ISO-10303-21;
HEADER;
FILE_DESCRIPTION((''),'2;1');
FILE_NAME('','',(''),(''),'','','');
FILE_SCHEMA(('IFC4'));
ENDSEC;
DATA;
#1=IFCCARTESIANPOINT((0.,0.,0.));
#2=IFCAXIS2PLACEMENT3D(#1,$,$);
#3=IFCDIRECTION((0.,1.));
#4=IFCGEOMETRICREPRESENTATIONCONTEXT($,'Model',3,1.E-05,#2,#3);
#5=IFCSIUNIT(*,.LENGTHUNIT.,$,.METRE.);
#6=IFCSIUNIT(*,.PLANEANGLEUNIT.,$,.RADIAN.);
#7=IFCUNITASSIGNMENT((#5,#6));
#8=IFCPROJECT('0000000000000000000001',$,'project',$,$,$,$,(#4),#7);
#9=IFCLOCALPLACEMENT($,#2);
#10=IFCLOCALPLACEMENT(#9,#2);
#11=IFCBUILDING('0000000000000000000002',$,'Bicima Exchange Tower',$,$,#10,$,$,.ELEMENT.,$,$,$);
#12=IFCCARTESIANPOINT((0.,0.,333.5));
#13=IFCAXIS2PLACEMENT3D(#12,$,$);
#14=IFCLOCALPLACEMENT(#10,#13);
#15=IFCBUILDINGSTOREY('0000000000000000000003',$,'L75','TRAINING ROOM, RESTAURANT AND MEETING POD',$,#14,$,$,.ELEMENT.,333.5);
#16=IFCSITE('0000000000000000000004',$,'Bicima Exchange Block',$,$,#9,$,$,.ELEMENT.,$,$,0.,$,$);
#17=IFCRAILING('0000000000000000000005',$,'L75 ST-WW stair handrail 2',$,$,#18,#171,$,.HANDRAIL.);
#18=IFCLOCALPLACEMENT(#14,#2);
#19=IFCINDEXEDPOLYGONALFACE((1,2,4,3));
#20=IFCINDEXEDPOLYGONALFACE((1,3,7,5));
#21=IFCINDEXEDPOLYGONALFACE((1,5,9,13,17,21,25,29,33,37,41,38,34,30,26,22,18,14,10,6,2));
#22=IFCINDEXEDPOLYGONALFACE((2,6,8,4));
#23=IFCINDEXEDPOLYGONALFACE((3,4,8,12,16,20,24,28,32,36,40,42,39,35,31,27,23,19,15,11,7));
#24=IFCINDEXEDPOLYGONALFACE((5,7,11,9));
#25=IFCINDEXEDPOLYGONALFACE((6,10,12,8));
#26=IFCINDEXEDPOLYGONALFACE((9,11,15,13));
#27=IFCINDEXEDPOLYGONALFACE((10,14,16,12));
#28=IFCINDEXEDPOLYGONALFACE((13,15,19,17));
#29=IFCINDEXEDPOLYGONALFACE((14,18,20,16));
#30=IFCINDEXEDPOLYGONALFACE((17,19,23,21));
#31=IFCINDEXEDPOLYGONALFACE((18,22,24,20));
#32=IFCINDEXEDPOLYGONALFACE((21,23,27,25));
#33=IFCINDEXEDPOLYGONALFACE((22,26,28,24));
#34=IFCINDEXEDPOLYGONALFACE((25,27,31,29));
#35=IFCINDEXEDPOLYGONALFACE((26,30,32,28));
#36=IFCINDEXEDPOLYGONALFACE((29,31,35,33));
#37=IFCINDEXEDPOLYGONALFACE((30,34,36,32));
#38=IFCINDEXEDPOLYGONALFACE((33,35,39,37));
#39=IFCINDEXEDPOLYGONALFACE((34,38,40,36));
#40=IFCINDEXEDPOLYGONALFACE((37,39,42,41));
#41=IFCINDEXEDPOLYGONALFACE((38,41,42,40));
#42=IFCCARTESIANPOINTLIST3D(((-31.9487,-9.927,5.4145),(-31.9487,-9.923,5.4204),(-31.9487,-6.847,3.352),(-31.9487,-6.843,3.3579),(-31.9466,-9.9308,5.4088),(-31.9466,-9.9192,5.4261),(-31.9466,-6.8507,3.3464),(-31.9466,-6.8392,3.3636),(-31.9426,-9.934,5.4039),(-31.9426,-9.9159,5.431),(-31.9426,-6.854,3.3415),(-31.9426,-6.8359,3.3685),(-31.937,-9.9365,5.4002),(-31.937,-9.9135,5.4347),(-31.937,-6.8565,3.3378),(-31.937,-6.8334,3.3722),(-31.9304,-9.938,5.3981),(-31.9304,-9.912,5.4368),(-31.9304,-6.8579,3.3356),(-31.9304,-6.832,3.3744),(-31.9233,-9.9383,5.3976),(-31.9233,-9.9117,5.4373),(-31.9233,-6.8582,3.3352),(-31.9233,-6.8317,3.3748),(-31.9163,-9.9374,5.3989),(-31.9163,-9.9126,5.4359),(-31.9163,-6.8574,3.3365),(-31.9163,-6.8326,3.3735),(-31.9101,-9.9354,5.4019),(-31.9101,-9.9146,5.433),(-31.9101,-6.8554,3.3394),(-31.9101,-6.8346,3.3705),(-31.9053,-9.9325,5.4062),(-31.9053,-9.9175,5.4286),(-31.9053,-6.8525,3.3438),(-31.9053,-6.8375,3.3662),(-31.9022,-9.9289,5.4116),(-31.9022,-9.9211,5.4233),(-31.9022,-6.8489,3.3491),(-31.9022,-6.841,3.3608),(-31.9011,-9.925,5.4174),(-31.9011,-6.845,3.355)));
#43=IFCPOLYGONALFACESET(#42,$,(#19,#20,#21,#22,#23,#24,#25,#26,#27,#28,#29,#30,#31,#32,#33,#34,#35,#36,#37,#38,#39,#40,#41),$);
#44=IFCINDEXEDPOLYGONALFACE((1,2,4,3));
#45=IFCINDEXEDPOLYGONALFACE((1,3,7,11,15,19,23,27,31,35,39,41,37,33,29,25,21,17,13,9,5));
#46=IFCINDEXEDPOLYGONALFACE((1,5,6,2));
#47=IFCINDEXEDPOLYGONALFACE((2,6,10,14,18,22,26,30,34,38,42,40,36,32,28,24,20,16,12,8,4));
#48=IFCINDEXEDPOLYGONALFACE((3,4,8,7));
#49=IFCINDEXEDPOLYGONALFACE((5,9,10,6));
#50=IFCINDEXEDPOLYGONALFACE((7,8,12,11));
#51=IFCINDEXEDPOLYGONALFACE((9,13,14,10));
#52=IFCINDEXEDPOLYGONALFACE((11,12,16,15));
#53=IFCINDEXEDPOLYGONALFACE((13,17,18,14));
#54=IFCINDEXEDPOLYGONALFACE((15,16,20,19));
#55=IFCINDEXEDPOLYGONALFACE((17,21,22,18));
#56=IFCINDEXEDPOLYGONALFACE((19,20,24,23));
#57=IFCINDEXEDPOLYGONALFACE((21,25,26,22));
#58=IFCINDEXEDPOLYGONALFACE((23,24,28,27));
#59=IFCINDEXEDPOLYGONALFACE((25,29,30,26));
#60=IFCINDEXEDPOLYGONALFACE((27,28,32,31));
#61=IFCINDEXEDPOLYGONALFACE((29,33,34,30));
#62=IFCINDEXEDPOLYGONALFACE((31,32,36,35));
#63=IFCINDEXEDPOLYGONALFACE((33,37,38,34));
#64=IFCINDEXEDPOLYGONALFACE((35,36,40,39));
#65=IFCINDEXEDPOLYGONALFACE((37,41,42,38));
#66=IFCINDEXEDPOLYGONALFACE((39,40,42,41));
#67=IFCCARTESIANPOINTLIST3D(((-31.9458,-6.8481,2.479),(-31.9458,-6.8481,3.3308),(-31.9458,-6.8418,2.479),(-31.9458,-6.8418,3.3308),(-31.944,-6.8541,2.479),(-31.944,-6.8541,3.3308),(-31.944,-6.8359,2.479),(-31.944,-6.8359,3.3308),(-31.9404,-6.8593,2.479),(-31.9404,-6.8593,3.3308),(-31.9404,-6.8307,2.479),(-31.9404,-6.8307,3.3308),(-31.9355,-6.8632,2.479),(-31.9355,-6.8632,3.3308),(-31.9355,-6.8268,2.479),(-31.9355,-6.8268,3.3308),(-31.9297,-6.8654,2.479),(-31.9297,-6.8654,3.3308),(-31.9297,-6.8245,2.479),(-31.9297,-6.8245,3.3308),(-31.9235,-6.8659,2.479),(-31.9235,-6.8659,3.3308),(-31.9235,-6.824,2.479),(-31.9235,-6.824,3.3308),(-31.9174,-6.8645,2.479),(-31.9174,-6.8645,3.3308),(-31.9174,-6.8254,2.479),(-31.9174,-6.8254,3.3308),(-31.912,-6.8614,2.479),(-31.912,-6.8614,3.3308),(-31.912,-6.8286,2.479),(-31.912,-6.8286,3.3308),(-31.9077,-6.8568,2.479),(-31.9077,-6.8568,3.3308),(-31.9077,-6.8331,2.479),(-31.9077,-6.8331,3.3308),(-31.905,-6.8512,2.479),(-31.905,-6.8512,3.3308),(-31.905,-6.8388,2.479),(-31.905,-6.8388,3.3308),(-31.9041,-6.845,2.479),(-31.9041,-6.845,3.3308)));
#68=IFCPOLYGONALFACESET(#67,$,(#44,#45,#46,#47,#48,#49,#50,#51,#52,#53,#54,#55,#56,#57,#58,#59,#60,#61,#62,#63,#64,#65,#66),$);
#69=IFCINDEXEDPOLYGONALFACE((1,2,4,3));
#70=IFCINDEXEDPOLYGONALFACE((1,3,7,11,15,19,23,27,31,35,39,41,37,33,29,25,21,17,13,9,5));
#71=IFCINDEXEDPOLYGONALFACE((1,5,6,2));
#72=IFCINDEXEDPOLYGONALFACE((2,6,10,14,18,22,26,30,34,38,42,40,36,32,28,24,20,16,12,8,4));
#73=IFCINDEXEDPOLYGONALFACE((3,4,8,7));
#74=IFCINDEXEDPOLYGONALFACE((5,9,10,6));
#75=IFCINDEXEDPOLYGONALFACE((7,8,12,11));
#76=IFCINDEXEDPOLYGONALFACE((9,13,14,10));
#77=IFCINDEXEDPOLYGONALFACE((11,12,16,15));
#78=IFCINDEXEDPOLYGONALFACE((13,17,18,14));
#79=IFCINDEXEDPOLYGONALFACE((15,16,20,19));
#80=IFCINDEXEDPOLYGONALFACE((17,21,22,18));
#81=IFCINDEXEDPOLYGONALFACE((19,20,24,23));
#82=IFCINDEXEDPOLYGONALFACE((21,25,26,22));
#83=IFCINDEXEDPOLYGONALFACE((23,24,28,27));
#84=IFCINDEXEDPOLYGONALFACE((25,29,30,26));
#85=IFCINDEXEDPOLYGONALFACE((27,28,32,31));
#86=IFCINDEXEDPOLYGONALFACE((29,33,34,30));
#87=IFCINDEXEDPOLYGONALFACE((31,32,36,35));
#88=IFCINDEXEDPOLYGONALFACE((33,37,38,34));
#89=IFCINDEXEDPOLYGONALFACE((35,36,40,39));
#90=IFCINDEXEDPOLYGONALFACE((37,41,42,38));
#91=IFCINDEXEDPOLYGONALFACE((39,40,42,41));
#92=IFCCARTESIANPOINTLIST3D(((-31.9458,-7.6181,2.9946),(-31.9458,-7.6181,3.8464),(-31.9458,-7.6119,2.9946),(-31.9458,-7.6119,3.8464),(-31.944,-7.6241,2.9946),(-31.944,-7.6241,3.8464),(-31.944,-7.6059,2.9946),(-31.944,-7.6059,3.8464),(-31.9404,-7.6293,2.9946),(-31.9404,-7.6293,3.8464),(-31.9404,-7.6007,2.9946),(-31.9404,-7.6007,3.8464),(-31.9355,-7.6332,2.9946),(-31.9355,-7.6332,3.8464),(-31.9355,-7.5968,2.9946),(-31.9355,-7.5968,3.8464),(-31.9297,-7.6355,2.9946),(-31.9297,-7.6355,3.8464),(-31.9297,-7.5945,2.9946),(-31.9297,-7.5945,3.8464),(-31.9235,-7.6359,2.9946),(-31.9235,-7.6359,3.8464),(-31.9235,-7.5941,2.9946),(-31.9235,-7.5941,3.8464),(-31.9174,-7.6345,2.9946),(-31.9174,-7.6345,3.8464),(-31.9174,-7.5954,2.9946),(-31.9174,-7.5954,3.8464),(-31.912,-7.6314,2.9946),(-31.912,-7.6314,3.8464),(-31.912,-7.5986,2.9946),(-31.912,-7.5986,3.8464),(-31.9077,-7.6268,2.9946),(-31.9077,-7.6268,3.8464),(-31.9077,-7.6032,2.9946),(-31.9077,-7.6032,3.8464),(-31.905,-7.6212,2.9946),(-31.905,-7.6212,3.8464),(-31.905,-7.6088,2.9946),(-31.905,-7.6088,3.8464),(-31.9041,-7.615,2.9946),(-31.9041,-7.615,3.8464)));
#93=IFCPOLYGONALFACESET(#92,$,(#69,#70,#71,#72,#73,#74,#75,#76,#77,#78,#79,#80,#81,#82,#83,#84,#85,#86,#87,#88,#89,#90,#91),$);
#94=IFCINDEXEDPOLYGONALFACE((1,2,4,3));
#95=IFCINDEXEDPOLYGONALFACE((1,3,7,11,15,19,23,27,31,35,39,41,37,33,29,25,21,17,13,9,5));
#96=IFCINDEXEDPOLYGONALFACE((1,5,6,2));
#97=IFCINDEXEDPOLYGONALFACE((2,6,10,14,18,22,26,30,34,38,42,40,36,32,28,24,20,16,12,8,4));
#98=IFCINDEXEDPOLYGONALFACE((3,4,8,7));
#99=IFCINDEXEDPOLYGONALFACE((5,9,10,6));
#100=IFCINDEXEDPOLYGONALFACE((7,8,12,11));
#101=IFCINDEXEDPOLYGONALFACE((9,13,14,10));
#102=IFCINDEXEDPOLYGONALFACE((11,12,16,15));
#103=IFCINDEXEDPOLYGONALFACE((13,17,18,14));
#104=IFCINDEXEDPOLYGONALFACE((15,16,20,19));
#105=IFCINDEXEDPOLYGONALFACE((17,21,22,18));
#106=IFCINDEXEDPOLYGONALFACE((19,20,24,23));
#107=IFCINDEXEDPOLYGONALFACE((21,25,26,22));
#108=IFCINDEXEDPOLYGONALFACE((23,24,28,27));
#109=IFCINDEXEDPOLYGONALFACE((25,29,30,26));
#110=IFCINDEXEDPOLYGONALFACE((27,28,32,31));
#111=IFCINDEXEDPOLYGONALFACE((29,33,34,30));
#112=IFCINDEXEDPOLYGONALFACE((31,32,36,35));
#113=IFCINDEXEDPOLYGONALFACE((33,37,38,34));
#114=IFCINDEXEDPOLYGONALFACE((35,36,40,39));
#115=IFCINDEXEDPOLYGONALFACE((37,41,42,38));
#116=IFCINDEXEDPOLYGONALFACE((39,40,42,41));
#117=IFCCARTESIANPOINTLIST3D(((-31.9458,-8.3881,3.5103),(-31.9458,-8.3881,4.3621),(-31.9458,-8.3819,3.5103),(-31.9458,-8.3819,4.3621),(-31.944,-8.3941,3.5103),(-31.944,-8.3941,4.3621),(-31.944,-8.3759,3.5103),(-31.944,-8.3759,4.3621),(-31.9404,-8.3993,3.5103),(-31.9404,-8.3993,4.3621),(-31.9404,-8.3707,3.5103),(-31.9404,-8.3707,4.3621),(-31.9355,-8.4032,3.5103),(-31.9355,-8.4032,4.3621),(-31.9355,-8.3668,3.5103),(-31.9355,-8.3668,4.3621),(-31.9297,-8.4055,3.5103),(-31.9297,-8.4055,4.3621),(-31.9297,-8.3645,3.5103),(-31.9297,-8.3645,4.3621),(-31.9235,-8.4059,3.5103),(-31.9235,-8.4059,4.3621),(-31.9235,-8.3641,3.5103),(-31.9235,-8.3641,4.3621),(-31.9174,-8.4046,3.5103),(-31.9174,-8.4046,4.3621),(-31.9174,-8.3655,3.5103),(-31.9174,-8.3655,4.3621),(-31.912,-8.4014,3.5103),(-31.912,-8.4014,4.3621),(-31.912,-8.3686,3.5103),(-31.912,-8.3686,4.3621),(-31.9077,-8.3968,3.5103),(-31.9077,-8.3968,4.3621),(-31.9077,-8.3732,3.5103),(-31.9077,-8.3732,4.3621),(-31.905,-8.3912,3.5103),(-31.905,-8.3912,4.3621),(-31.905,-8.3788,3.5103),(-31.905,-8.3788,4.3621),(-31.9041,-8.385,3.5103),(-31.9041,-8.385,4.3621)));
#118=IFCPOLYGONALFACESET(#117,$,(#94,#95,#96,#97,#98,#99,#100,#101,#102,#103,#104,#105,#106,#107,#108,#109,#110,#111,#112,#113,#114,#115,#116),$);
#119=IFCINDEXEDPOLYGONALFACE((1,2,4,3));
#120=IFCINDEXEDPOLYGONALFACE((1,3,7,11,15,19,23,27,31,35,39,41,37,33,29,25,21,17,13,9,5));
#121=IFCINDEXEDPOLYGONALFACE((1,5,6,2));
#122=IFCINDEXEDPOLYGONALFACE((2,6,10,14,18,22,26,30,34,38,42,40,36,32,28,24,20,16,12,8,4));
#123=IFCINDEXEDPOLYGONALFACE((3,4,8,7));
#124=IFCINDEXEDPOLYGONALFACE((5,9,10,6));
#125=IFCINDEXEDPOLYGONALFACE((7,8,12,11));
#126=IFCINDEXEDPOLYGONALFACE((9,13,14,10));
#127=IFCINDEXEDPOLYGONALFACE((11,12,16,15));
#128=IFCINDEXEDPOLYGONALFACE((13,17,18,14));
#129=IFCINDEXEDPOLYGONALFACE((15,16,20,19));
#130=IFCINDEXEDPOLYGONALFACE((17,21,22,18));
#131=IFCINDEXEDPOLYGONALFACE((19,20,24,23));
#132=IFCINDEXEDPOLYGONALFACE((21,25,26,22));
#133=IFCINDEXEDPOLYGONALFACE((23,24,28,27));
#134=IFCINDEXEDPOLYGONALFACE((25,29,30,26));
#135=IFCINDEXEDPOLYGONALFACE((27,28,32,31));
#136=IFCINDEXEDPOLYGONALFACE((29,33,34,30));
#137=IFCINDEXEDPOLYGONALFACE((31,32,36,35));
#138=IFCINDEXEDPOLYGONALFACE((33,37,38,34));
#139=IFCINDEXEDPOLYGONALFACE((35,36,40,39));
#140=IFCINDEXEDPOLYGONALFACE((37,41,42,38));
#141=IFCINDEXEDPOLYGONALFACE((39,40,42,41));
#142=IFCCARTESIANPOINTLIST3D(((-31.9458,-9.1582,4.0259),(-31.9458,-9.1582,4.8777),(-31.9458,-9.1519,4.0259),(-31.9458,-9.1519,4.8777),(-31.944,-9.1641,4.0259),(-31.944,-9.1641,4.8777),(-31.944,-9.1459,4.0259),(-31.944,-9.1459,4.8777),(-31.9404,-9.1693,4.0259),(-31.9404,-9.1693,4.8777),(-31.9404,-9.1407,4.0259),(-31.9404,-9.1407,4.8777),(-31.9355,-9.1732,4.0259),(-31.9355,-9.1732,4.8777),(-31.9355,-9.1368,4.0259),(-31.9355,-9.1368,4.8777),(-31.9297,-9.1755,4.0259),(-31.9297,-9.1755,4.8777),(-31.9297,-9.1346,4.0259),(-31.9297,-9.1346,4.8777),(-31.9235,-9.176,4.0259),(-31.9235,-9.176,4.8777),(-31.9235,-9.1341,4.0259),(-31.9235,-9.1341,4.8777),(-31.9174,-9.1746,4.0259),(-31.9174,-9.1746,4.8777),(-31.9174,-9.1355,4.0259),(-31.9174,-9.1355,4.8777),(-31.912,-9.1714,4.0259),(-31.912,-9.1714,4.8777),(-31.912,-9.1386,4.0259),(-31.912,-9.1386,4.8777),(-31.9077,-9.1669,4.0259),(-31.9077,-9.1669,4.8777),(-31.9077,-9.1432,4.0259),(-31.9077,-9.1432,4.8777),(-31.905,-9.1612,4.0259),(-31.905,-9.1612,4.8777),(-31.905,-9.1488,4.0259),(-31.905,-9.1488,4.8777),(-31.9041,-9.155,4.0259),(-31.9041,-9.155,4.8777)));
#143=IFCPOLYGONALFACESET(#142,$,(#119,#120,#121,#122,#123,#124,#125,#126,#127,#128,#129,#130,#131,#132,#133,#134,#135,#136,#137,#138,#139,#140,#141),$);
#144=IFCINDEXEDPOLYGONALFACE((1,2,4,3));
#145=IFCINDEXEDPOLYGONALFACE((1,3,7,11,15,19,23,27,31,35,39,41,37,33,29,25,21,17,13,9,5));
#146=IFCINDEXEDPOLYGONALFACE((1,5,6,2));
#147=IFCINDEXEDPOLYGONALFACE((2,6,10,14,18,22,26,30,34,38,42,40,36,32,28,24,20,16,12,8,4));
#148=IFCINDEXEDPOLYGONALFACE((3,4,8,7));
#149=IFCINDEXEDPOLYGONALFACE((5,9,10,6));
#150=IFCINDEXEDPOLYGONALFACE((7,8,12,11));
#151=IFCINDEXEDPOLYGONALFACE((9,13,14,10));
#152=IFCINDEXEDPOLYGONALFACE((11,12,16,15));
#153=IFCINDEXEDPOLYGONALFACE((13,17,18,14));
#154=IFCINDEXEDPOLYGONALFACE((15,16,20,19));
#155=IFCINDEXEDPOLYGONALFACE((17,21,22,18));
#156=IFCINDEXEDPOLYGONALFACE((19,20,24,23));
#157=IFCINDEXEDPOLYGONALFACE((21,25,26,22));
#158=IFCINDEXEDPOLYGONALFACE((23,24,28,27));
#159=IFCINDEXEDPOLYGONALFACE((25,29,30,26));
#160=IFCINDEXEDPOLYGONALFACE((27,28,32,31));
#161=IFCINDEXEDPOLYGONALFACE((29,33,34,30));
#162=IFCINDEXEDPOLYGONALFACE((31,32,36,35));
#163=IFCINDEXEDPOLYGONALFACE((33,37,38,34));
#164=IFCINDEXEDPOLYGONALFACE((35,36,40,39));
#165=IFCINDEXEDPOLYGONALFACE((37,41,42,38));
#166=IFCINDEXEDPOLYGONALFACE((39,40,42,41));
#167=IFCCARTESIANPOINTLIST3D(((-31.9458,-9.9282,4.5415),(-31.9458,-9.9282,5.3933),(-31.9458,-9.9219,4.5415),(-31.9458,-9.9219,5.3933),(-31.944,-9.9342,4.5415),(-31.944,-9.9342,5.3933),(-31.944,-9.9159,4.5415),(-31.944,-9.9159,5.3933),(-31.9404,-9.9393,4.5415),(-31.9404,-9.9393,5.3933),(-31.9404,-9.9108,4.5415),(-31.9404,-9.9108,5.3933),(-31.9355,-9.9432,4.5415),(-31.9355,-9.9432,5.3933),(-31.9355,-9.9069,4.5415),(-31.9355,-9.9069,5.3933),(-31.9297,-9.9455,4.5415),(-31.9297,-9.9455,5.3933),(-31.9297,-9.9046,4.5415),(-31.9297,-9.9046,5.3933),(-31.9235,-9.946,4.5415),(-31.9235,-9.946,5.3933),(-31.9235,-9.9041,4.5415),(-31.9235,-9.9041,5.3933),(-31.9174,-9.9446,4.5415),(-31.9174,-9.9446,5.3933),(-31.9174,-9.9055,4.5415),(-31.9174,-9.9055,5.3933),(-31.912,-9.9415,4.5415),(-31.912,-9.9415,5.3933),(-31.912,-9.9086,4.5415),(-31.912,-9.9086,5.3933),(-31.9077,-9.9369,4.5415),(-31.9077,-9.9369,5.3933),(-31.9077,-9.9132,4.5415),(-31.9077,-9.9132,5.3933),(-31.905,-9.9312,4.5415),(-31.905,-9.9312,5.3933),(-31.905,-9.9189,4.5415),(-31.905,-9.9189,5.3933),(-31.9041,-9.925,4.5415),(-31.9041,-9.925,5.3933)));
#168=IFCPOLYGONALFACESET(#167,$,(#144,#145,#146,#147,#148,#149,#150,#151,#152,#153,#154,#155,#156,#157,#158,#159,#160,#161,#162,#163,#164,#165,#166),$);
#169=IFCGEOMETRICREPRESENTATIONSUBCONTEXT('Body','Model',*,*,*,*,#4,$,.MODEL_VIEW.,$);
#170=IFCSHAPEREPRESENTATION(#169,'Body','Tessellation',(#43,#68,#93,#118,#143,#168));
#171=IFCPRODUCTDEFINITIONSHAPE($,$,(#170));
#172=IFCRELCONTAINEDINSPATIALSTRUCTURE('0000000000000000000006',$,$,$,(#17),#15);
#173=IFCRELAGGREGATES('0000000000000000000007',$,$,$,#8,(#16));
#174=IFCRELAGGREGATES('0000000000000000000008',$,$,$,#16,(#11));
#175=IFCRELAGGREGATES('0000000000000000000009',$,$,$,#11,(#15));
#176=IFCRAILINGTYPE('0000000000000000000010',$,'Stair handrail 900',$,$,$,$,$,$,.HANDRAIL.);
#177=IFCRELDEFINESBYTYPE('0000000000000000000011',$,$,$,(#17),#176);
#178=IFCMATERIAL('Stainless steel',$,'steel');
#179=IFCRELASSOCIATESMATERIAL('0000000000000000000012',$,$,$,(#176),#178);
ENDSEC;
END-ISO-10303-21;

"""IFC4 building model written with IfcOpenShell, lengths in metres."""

from ifc_helpers import new_model, si_unit, direction, frame, origin, origin_2d, place, context, subcontext, project, spatial, circle, extrude, material, type_object, element, save


model = new_model("IFC4")

# Units and contexts
model_context = context("Model", 3, precision=1e-05, world=origin(), true_north=direction((0.0, 1.0)))
body_context = subcontext(model_context, "Body", "Model", "MODEL_VIEW")
ifc_project = project(units=[si_unit("LENGTHUNIT", "METRE"), si_unit("PLANEANGLEUNIT", "RADIAN")], contexts=[model_context])

# Site, building, storey
site_placement = place(None, origin())
site = spatial("IfcSite", under=ifc_project, at=site_placement, Name="Bicima Exchange Block", CompositionType="ELEMENT", RefElevation=0.0)
building_placement = place(site_placement, origin())
building = spatial("IfcBuilding", under=site, at=building_placement, Name="Bicima Exchange Tower", CompositionType="ELEMENT")
storey_placement = place(building_placement, frame((0.0, 0.0, 333.5)))
storey = spatial("IfcBuildingStorey", under=building, at=storey_placement, Name="L75", Description="TRAINING ROOM, RESTAURANT AND MEETING POD", CompositionType="ELEMENT", Elevation=333.5)

# Railing
ifc_material_1 = material(Name="Stainless steel", Category="steel")
railing_type_1 = type_object("IfcRailingType", Name="Stair handrail 900", PredefinedType="HANDRAIL", material=ifc_material_1)
railing_1_placement = place(storey_placement, frame((-31.925, -6.845, 2.479)))
element("IfcRailing", 1, at=railing_1_placement, inside=storey, type_object=railing_type_1, Name="L75 ST-WW stair handrail 2", PredefinedType="HANDRAIL", context=body_context, shape_type="SweptSolid", body=[
    extrude(circle(Radius=0.0239, at=origin_2d()), frame((0.0, 0.0, 0.876), z_axis=(0.0, -0.830914, 0.556401), x_axis=(1.0, 0.0, 0.0)), (0.0, 0.0, 1.0), 3.7068),
    extrude(circle(Radius=0.021, at=origin_2d()), origin(), (0.0, 0.0, 1.0), 0.8518),
    extrude(circle(Radius=0.021, at=origin_2d()), frame((0.0, -0.77, 0.5156)), (0.0, 0.0, 1.0), 0.8518),
    extrude(circle(Radius=0.021, at=origin_2d()), frame((0.0, -1.54, 1.0312)), (0.0, 0.0, 1.0), 0.8518),
    extrude(circle(Radius=0.021, at=origin_2d()), frame((0.0, -2.3101, 1.5469)), (0.0, 0.0, 1.0), 0.8518),
    extrude(circle(Radius=0.021, at=origin_2d()), frame((0.0, -3.0801, 2.0625)), (0.0, 0.0, 1.0), 0.8518),
])

save(model, "model.ifc")
